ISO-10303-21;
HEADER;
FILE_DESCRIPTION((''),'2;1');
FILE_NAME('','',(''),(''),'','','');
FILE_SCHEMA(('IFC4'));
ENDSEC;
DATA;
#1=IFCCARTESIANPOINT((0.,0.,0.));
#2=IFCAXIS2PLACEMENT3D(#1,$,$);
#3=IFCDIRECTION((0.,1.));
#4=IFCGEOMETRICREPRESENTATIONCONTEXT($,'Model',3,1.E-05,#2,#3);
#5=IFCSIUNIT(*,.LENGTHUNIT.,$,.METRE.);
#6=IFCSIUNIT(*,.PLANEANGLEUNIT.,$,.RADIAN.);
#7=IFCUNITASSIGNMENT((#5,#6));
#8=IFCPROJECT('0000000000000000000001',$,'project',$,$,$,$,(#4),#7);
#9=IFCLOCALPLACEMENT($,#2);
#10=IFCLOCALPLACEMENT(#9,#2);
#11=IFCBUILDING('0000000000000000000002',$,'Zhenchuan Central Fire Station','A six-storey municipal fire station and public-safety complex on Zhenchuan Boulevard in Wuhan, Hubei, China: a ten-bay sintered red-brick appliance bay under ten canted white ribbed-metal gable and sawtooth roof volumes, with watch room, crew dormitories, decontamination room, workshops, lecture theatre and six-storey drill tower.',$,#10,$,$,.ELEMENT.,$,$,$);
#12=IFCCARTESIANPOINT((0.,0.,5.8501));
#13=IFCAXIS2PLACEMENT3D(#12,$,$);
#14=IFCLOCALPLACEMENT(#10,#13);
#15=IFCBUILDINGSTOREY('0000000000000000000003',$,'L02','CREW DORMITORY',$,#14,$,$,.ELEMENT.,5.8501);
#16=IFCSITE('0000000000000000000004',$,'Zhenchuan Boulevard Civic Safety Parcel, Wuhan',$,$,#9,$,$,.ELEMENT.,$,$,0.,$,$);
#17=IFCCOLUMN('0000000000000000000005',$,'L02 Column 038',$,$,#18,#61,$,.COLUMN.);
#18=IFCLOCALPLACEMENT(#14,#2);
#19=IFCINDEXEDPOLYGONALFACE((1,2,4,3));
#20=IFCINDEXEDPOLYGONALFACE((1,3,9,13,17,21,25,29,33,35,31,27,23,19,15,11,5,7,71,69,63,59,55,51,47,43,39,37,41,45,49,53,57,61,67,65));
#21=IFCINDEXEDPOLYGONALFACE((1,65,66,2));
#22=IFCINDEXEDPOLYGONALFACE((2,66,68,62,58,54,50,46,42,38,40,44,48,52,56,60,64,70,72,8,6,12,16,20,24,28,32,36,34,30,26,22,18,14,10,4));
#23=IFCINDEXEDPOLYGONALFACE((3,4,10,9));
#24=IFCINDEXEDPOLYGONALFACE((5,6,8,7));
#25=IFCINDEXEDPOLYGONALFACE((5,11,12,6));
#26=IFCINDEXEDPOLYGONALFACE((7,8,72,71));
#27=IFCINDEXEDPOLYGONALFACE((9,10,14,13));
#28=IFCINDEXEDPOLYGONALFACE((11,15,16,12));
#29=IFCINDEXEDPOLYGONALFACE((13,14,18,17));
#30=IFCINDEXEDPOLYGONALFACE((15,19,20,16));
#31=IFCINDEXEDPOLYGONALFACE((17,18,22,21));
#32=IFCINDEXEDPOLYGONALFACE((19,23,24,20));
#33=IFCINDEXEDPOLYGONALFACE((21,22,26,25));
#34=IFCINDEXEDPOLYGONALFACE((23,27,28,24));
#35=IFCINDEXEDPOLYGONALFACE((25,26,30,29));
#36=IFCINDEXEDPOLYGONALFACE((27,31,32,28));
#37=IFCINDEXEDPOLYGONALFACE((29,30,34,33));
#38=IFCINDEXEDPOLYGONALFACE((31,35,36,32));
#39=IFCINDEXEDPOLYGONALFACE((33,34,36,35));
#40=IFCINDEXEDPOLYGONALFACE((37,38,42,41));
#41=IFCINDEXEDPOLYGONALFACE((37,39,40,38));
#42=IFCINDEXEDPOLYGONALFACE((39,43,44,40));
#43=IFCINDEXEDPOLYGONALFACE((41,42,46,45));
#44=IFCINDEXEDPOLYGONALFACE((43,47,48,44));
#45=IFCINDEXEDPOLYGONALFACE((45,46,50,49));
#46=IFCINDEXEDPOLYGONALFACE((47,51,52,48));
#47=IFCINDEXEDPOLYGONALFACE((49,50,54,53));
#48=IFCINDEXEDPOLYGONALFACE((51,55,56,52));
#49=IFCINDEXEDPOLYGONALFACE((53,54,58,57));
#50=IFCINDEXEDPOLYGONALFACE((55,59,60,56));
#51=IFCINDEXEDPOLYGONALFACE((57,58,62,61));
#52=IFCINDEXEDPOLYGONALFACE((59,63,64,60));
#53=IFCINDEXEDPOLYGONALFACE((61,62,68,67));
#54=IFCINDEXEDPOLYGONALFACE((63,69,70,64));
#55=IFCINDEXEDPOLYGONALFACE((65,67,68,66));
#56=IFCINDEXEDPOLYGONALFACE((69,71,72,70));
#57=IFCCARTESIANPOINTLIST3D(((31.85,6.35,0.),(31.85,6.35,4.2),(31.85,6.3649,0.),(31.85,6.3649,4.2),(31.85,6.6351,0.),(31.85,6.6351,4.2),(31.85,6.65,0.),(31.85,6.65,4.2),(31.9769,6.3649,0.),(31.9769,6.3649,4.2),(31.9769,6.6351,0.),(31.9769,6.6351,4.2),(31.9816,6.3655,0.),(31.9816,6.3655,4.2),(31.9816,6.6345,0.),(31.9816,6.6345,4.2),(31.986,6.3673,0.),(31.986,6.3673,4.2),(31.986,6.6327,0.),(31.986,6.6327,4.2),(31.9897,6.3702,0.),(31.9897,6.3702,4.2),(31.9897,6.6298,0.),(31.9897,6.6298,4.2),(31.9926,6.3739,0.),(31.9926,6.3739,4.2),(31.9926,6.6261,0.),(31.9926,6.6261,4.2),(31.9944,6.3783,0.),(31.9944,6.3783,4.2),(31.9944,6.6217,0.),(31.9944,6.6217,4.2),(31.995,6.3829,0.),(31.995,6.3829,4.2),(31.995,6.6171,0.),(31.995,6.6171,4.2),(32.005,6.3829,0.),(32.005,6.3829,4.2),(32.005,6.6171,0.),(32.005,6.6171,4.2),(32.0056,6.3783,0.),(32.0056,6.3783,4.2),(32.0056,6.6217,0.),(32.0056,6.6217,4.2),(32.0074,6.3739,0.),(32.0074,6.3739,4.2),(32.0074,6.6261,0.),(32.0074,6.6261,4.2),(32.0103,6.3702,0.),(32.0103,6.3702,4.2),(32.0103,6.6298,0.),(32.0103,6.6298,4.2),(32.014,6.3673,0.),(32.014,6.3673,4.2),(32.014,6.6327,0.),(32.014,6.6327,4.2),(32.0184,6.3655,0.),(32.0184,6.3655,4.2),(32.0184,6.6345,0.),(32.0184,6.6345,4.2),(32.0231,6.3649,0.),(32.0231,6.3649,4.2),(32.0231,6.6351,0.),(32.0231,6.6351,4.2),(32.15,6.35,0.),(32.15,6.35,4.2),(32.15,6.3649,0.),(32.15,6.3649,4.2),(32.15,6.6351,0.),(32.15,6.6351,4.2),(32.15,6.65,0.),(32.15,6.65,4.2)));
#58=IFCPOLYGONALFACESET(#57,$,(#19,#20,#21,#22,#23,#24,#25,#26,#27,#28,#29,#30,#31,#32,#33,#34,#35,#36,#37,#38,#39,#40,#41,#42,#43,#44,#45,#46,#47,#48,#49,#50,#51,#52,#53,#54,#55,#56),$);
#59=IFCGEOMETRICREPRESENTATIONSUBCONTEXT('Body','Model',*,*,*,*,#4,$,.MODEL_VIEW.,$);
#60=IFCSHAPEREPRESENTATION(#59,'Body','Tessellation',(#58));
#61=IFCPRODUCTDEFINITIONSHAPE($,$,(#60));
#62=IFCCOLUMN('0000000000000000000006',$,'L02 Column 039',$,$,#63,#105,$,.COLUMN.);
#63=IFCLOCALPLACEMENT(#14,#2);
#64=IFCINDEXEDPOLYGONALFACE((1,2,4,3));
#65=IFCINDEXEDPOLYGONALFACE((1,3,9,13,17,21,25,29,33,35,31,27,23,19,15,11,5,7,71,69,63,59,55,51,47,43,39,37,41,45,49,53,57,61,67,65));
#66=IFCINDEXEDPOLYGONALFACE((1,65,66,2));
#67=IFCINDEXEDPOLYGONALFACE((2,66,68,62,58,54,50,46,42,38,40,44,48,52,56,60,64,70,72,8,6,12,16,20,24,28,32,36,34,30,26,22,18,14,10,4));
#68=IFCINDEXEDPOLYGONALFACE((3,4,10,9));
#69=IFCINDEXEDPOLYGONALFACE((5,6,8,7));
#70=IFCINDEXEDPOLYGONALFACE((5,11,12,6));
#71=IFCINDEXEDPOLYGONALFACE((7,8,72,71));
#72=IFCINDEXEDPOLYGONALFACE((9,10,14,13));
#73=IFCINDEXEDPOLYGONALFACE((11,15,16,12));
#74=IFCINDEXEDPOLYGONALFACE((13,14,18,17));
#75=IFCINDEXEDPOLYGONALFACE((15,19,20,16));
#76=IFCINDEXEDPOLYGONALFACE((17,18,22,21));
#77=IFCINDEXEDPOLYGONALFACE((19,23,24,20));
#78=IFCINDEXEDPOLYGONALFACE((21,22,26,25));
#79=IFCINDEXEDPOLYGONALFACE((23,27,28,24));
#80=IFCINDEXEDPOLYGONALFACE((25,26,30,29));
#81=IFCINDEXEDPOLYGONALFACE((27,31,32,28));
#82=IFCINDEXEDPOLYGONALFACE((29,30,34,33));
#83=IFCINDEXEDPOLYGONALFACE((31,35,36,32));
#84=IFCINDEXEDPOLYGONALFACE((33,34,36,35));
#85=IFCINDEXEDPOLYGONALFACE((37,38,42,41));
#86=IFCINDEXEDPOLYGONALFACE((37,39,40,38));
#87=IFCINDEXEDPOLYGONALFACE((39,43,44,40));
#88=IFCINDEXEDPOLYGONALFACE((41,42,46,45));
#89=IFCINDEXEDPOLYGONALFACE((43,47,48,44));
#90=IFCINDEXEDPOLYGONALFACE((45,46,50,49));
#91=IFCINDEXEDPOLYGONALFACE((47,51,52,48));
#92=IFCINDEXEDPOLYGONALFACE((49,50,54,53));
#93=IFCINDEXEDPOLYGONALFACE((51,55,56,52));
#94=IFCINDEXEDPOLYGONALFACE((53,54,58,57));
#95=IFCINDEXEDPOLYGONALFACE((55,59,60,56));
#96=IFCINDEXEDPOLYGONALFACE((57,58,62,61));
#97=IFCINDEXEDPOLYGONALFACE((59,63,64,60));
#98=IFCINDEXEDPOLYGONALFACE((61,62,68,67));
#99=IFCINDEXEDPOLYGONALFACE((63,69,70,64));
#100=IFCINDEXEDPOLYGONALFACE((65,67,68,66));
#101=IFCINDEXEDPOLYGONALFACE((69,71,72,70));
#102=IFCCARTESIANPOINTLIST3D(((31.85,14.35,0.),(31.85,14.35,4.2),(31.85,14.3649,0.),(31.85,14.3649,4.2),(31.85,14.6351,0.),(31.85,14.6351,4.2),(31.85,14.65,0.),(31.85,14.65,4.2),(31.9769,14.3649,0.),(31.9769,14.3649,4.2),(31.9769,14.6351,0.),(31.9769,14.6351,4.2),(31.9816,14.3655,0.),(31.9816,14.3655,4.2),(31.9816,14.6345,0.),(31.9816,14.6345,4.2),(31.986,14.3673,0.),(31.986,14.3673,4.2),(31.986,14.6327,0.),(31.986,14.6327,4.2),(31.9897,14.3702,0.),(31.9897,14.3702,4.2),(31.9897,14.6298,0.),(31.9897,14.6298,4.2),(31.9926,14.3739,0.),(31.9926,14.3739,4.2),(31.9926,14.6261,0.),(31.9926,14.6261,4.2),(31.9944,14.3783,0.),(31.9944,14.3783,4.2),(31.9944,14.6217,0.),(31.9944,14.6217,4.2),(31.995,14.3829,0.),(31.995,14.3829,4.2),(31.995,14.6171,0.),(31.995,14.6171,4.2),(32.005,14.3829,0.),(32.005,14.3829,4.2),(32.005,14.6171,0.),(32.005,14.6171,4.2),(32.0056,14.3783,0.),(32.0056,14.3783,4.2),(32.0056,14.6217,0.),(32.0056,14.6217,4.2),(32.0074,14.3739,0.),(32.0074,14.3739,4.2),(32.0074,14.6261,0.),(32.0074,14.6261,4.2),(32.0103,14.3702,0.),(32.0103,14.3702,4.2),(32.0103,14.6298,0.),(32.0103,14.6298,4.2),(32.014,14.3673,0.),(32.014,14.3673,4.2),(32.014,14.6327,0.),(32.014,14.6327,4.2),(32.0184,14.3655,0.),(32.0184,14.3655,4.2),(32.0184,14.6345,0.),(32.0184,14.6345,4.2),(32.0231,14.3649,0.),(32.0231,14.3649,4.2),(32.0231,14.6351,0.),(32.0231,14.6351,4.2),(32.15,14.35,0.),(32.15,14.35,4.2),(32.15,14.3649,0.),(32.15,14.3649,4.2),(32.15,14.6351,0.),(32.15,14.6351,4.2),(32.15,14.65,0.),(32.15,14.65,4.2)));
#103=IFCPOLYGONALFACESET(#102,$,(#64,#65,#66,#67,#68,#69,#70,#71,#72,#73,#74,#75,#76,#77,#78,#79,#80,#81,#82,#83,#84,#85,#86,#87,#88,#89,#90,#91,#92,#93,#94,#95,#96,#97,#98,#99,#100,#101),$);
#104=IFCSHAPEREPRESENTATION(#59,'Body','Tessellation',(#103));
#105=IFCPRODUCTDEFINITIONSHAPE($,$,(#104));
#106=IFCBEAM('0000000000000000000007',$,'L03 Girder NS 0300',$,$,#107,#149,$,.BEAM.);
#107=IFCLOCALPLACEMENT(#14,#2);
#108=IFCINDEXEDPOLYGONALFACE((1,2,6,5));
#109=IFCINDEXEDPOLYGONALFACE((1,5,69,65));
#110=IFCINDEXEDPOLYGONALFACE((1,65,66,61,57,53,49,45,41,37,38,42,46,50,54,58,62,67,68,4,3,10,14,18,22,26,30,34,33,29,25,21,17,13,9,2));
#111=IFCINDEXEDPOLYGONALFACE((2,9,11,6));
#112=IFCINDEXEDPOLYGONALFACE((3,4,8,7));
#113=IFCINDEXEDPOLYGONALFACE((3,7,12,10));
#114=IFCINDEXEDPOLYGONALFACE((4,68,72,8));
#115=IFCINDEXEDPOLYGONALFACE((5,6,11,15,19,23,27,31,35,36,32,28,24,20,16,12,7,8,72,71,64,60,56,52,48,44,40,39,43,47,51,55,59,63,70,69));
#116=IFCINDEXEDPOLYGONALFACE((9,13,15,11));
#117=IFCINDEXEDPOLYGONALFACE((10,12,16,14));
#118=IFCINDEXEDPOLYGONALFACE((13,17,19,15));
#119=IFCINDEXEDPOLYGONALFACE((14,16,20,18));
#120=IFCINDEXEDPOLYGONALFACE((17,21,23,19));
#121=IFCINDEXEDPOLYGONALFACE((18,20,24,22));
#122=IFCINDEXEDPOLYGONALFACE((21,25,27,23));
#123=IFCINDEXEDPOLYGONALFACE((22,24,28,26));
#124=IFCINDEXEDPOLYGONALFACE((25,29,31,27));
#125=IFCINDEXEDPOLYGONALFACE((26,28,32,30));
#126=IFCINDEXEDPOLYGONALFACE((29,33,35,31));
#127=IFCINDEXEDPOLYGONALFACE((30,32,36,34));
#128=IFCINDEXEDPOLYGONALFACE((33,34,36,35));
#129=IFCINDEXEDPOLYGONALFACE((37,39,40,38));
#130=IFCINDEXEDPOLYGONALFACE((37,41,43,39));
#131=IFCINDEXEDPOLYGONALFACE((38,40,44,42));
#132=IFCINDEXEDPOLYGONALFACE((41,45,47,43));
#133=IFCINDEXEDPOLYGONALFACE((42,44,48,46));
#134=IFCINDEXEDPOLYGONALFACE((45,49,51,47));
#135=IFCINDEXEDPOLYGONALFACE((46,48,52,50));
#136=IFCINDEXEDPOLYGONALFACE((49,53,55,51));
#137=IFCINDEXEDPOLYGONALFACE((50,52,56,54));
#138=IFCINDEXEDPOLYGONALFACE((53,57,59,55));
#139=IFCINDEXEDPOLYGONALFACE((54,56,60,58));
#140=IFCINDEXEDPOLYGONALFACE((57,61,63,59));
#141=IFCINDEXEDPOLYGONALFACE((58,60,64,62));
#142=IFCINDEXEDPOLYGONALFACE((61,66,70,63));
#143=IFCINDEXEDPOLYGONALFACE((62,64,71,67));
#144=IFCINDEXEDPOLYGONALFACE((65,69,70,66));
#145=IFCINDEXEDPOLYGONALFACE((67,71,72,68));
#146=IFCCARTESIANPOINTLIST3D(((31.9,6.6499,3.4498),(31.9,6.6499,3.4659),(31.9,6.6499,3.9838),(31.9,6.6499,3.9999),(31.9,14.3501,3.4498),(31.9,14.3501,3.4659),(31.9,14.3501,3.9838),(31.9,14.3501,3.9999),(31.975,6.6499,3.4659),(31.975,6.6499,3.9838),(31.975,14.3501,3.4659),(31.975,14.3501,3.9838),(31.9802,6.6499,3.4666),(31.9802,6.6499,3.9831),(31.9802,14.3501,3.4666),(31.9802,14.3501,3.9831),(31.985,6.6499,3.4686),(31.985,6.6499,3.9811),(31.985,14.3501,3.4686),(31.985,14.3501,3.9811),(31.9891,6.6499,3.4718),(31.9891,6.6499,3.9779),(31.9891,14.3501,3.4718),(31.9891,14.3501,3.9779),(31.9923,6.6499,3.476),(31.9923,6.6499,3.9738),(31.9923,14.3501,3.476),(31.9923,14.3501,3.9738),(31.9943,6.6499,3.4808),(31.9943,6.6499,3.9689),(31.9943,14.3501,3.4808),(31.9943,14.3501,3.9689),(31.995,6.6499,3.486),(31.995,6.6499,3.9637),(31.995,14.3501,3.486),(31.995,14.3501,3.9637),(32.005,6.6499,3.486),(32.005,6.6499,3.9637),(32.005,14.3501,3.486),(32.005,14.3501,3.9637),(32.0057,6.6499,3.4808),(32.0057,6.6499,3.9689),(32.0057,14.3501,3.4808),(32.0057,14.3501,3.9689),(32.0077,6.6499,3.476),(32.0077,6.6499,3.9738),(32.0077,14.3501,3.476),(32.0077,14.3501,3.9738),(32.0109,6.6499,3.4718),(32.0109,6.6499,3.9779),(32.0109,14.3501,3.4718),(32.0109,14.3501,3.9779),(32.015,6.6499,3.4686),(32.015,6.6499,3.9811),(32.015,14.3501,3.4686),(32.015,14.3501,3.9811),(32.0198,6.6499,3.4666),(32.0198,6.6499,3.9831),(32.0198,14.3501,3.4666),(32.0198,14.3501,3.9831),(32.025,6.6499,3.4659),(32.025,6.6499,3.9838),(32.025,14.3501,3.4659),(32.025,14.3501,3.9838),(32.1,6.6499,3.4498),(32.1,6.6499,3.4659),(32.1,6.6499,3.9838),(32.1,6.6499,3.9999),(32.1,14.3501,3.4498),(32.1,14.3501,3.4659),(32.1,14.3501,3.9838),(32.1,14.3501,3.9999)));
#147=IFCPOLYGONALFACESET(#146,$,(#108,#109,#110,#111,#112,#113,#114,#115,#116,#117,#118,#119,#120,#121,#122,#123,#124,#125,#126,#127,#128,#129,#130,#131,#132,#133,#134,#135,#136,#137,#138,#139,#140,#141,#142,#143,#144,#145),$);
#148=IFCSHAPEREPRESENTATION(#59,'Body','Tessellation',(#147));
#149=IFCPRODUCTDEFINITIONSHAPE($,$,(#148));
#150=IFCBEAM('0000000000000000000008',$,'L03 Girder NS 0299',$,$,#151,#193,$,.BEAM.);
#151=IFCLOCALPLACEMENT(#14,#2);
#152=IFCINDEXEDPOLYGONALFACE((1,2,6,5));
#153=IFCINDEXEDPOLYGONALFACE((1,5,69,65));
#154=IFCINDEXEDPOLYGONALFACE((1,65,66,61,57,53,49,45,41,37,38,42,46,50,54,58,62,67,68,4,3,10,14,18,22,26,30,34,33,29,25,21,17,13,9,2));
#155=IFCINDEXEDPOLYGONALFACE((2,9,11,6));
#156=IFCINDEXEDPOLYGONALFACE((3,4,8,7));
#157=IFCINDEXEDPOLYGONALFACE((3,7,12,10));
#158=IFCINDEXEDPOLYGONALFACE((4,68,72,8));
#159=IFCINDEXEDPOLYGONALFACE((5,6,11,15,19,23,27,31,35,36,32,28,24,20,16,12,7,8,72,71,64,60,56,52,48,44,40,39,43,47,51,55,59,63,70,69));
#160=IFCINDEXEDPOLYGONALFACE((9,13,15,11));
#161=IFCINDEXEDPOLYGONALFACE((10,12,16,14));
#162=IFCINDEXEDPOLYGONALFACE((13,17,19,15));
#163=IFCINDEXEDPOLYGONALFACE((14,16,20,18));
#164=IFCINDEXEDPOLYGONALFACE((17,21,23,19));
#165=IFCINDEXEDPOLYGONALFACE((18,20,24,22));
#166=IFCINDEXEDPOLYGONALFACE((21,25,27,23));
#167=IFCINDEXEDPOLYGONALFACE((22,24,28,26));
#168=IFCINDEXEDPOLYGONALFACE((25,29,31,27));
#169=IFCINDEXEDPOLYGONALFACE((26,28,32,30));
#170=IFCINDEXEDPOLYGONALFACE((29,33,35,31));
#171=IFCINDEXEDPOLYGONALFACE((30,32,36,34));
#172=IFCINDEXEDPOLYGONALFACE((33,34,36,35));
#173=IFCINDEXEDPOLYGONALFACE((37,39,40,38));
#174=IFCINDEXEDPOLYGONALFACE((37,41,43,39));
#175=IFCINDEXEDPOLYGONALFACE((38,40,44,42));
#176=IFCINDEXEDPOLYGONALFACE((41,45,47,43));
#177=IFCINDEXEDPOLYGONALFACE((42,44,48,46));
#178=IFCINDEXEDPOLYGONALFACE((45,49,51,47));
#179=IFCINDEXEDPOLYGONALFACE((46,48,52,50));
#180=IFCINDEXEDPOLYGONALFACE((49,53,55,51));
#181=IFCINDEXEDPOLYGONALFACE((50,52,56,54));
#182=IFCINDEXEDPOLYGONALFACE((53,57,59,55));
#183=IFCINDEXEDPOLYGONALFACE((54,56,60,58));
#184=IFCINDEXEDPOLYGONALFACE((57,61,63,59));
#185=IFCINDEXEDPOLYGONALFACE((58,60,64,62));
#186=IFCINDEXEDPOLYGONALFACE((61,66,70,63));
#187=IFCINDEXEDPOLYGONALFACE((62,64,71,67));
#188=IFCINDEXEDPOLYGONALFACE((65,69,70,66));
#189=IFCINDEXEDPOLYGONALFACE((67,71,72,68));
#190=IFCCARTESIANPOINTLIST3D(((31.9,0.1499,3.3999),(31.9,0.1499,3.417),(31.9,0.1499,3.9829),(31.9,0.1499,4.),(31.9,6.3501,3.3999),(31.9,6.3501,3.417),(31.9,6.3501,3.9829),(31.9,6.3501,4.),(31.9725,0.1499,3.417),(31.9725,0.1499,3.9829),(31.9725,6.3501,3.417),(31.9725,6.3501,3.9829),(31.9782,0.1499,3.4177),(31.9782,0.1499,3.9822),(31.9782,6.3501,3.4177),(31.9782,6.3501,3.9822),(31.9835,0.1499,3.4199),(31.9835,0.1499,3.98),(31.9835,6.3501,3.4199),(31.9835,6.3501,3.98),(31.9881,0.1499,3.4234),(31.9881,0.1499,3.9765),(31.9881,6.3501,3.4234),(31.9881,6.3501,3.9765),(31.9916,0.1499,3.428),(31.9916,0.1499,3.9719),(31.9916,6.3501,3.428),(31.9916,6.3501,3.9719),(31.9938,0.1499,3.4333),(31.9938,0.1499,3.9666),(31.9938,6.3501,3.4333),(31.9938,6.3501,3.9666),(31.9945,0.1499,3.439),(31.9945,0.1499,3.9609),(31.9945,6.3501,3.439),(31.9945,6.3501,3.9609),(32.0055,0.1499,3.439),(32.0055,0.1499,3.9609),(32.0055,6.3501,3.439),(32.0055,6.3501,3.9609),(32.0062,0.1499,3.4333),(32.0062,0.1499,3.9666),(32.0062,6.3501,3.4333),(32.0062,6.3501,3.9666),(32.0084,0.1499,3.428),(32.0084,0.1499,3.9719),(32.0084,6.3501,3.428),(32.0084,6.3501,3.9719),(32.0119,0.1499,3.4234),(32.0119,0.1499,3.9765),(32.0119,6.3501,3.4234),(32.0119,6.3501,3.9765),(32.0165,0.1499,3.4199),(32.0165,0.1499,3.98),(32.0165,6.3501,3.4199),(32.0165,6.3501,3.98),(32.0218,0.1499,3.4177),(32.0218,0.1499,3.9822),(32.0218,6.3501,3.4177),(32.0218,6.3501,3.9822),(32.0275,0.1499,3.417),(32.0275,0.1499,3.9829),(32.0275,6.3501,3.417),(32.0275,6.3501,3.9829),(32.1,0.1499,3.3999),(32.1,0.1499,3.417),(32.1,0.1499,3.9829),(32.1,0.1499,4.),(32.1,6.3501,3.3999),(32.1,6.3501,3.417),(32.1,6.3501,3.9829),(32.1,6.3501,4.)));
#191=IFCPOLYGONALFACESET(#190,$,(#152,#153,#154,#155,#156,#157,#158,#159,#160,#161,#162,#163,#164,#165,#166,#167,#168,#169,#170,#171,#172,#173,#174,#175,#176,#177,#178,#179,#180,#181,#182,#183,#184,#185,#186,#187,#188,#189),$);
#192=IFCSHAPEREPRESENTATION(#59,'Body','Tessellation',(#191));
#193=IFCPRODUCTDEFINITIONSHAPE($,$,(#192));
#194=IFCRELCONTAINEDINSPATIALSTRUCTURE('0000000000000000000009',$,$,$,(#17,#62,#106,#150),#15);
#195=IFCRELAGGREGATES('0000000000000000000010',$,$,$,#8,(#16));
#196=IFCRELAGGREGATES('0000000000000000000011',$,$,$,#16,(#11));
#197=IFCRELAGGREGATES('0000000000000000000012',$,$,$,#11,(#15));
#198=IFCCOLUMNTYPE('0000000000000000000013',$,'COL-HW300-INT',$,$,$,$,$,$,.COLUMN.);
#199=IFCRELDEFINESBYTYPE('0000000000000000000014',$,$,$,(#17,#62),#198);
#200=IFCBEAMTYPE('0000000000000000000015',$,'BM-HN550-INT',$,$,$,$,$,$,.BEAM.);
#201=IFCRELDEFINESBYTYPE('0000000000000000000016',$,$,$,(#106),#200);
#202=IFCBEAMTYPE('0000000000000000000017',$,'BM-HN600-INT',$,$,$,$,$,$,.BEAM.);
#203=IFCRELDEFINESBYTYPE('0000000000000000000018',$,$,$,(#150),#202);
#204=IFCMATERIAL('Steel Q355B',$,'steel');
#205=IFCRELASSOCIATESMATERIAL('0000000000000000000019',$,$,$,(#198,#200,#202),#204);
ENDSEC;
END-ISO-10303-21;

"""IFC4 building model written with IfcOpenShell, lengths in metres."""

from ifc_helpers import new_model, si_unit, direction, frame, origin, origin_2d, place, context, subcontext, project, spatial, i_section, extrude, material, material_profile, profile_set, type_object, element, save


model = new_model("IFC4")

# Units and contexts
model_context = context("Model", 3, precision=1e-05, world=origin(), true_north=direction((0.0, 1.0)))
body_context = subcontext(model_context, "Body", "Model", "MODEL_VIEW")
ifc_project = project(units=[si_unit("LENGTHUNIT", "METRE"), si_unit("PLANEANGLEUNIT", "RADIAN")], contexts=[model_context])

# Site, building, storey
site_placement = place(None, origin())
site = spatial("IfcSite", under=ifc_project, at=site_placement, Name="Zhenchuan Boulevard Civic Safety Parcel, Wuhan", CompositionType="ELEMENT", RefElevation=0.0)
building_placement = place(site_placement, origin())
building = spatial("IfcBuilding", under=site, at=building_placement, Name="Zhenchuan Central Fire Station", Description="A six-storey municipal fire station and public-safety complex on Zhenchuan Boulevard in Wuhan, Hubei, China: a ten-bay sintered red-brick appliance bay under ten canted white ribbed-metal gable and sawtooth roof volumes, with watch room, crew dormitories, decontamination room, workshops, lecture theatre and six-storey drill tower.", CompositionType="ELEMENT")
storey_placement = place(building_placement, frame((0.0, 0.0, 5.8501)))
storey = spatial("IfcBuildingStorey", under=building, at=storey_placement, Name="L02", Description="CREW DORMITORY", CompositionType="ELEMENT", Elevation=5.8501)

# Columns
ifc_material_1 = material(Name="Steel Q355B", Category="steel")
ifc_material_profile_1 = material_profile(ifc_material_1, i_section(OverallWidth=0.3, OverallDepth=0.3, WebThickness=0.01, FlangeThickness=0.0149, FilletRadius=0.0181, at=origin_2d()), Name="HW 300x300")
ifc_profile_set_1 = profile_set([ifc_material_profile_1], Name="Steel Q355B")
column_type = type_object("IfcColumnType", Name="COL-HW300-INT", PredefinedType="COLUMN", material=ifc_profile_set_1)
for number, where, z_axis, x_axis, name in (
    (1, (32.0, 6.5, 0.0), (0.0, 0.0, 1.0), (1.0, 0.0, 0.0), "L02 Column 038"),
    (2, (32.0, 14.5, 0.0), (0.0, 0.0, 1.0), (1.0, 0.0, 0.0), "L02 Column 039"),
):
    element("IfcColumn", number, at=place(storey_placement, frame(where, z_axis=z_axis, x_axis=x_axis)), inside=storey, type_object=column_type, Name=name, PredefinedType="COLUMN", context=body_context, shape_type="SweptSolid", body=[
        extrude(i_section(OverallWidth=0.3, OverallDepth=0.3, WebThickness=0.01, FlangeThickness=0.0149, FilletRadius=0.0181, at=origin_2d()), origin(), (0.0, 0.0, 1.0), 4.2),
    ])

# Beams
ifc_material_profile_2 = material_profile(ifc_material_1, i_section(OverallWidth=0.2, OverallDepth=0.55, WebThickness=0.01, FlangeThickness=0.0161, FilletRadius=0.02, at=origin_2d()), Name="HN 550x200")
ifc_profile_set_2 = profile_set([ifc_material_profile_2], Name="Steel Q355B")
beam_type_1 = type_object("IfcBeamType", Name="BM-HN550-INT", PredefinedType="BEAM", material=ifc_profile_set_2)
beam_1_placement = place(storey_placement, frame((32.0, 6.6499, 3.7249), z_axis=(0.0, 1.0, 0.0), x_axis=(-1.0, 0.0, 0.0)))
element("IfcBeam", 3, at=beam_1_placement, inside=storey, type_object=beam_type_1, Name="L03 Girder NS 0300", PredefinedType="BEAM", context=body_context, shape_type="SweptSolid", body=[
    extrude(i_section(OverallWidth=0.2, OverallDepth=0.55, WebThickness=0.01, FlangeThickness=0.0161, FilletRadius=0.02, at=origin_2d()), origin(), (0.0, 0.0, 1.0), 7.7002),
])
ifc_material_profile_3 = material_profile(ifc_material_1, i_section(OverallWidth=0.2, OverallDepth=0.6001, WebThickness=0.011, FlangeThickness=0.0171, FilletRadius=0.022, at=origin_2d()), Name="HN 600x200")
ifc_profile_set_3 = profile_set([ifc_material_profile_3], Name="Steel Q355B")
beam_type_2 = type_object("IfcBeamType", Name="BM-HN600-INT", PredefinedType="BEAM", material=ifc_profile_set_3)
beam_2_placement = place(storey_placement, frame((32.0, 0.1499, 3.7), z_axis=(0.0, 1.0, 0.0), x_axis=(-1.0, 0.0, 0.0)))
element("IfcBeam", 4, at=beam_2_placement, inside=storey, type_object=beam_type_2, Name="L03 Girder NS 0299", PredefinedType="BEAM", context=body_context, shape_type="SweptSolid", body=[
    extrude(i_section(OverallWidth=0.2, OverallDepth=0.6001, WebThickness=0.011, FlangeThickness=0.0171, FilletRadius=0.022, at=origin_2d()), origin(), (0.0, 0.0, 1.0), 6.2002),
])

save(model, "model.ifc")
